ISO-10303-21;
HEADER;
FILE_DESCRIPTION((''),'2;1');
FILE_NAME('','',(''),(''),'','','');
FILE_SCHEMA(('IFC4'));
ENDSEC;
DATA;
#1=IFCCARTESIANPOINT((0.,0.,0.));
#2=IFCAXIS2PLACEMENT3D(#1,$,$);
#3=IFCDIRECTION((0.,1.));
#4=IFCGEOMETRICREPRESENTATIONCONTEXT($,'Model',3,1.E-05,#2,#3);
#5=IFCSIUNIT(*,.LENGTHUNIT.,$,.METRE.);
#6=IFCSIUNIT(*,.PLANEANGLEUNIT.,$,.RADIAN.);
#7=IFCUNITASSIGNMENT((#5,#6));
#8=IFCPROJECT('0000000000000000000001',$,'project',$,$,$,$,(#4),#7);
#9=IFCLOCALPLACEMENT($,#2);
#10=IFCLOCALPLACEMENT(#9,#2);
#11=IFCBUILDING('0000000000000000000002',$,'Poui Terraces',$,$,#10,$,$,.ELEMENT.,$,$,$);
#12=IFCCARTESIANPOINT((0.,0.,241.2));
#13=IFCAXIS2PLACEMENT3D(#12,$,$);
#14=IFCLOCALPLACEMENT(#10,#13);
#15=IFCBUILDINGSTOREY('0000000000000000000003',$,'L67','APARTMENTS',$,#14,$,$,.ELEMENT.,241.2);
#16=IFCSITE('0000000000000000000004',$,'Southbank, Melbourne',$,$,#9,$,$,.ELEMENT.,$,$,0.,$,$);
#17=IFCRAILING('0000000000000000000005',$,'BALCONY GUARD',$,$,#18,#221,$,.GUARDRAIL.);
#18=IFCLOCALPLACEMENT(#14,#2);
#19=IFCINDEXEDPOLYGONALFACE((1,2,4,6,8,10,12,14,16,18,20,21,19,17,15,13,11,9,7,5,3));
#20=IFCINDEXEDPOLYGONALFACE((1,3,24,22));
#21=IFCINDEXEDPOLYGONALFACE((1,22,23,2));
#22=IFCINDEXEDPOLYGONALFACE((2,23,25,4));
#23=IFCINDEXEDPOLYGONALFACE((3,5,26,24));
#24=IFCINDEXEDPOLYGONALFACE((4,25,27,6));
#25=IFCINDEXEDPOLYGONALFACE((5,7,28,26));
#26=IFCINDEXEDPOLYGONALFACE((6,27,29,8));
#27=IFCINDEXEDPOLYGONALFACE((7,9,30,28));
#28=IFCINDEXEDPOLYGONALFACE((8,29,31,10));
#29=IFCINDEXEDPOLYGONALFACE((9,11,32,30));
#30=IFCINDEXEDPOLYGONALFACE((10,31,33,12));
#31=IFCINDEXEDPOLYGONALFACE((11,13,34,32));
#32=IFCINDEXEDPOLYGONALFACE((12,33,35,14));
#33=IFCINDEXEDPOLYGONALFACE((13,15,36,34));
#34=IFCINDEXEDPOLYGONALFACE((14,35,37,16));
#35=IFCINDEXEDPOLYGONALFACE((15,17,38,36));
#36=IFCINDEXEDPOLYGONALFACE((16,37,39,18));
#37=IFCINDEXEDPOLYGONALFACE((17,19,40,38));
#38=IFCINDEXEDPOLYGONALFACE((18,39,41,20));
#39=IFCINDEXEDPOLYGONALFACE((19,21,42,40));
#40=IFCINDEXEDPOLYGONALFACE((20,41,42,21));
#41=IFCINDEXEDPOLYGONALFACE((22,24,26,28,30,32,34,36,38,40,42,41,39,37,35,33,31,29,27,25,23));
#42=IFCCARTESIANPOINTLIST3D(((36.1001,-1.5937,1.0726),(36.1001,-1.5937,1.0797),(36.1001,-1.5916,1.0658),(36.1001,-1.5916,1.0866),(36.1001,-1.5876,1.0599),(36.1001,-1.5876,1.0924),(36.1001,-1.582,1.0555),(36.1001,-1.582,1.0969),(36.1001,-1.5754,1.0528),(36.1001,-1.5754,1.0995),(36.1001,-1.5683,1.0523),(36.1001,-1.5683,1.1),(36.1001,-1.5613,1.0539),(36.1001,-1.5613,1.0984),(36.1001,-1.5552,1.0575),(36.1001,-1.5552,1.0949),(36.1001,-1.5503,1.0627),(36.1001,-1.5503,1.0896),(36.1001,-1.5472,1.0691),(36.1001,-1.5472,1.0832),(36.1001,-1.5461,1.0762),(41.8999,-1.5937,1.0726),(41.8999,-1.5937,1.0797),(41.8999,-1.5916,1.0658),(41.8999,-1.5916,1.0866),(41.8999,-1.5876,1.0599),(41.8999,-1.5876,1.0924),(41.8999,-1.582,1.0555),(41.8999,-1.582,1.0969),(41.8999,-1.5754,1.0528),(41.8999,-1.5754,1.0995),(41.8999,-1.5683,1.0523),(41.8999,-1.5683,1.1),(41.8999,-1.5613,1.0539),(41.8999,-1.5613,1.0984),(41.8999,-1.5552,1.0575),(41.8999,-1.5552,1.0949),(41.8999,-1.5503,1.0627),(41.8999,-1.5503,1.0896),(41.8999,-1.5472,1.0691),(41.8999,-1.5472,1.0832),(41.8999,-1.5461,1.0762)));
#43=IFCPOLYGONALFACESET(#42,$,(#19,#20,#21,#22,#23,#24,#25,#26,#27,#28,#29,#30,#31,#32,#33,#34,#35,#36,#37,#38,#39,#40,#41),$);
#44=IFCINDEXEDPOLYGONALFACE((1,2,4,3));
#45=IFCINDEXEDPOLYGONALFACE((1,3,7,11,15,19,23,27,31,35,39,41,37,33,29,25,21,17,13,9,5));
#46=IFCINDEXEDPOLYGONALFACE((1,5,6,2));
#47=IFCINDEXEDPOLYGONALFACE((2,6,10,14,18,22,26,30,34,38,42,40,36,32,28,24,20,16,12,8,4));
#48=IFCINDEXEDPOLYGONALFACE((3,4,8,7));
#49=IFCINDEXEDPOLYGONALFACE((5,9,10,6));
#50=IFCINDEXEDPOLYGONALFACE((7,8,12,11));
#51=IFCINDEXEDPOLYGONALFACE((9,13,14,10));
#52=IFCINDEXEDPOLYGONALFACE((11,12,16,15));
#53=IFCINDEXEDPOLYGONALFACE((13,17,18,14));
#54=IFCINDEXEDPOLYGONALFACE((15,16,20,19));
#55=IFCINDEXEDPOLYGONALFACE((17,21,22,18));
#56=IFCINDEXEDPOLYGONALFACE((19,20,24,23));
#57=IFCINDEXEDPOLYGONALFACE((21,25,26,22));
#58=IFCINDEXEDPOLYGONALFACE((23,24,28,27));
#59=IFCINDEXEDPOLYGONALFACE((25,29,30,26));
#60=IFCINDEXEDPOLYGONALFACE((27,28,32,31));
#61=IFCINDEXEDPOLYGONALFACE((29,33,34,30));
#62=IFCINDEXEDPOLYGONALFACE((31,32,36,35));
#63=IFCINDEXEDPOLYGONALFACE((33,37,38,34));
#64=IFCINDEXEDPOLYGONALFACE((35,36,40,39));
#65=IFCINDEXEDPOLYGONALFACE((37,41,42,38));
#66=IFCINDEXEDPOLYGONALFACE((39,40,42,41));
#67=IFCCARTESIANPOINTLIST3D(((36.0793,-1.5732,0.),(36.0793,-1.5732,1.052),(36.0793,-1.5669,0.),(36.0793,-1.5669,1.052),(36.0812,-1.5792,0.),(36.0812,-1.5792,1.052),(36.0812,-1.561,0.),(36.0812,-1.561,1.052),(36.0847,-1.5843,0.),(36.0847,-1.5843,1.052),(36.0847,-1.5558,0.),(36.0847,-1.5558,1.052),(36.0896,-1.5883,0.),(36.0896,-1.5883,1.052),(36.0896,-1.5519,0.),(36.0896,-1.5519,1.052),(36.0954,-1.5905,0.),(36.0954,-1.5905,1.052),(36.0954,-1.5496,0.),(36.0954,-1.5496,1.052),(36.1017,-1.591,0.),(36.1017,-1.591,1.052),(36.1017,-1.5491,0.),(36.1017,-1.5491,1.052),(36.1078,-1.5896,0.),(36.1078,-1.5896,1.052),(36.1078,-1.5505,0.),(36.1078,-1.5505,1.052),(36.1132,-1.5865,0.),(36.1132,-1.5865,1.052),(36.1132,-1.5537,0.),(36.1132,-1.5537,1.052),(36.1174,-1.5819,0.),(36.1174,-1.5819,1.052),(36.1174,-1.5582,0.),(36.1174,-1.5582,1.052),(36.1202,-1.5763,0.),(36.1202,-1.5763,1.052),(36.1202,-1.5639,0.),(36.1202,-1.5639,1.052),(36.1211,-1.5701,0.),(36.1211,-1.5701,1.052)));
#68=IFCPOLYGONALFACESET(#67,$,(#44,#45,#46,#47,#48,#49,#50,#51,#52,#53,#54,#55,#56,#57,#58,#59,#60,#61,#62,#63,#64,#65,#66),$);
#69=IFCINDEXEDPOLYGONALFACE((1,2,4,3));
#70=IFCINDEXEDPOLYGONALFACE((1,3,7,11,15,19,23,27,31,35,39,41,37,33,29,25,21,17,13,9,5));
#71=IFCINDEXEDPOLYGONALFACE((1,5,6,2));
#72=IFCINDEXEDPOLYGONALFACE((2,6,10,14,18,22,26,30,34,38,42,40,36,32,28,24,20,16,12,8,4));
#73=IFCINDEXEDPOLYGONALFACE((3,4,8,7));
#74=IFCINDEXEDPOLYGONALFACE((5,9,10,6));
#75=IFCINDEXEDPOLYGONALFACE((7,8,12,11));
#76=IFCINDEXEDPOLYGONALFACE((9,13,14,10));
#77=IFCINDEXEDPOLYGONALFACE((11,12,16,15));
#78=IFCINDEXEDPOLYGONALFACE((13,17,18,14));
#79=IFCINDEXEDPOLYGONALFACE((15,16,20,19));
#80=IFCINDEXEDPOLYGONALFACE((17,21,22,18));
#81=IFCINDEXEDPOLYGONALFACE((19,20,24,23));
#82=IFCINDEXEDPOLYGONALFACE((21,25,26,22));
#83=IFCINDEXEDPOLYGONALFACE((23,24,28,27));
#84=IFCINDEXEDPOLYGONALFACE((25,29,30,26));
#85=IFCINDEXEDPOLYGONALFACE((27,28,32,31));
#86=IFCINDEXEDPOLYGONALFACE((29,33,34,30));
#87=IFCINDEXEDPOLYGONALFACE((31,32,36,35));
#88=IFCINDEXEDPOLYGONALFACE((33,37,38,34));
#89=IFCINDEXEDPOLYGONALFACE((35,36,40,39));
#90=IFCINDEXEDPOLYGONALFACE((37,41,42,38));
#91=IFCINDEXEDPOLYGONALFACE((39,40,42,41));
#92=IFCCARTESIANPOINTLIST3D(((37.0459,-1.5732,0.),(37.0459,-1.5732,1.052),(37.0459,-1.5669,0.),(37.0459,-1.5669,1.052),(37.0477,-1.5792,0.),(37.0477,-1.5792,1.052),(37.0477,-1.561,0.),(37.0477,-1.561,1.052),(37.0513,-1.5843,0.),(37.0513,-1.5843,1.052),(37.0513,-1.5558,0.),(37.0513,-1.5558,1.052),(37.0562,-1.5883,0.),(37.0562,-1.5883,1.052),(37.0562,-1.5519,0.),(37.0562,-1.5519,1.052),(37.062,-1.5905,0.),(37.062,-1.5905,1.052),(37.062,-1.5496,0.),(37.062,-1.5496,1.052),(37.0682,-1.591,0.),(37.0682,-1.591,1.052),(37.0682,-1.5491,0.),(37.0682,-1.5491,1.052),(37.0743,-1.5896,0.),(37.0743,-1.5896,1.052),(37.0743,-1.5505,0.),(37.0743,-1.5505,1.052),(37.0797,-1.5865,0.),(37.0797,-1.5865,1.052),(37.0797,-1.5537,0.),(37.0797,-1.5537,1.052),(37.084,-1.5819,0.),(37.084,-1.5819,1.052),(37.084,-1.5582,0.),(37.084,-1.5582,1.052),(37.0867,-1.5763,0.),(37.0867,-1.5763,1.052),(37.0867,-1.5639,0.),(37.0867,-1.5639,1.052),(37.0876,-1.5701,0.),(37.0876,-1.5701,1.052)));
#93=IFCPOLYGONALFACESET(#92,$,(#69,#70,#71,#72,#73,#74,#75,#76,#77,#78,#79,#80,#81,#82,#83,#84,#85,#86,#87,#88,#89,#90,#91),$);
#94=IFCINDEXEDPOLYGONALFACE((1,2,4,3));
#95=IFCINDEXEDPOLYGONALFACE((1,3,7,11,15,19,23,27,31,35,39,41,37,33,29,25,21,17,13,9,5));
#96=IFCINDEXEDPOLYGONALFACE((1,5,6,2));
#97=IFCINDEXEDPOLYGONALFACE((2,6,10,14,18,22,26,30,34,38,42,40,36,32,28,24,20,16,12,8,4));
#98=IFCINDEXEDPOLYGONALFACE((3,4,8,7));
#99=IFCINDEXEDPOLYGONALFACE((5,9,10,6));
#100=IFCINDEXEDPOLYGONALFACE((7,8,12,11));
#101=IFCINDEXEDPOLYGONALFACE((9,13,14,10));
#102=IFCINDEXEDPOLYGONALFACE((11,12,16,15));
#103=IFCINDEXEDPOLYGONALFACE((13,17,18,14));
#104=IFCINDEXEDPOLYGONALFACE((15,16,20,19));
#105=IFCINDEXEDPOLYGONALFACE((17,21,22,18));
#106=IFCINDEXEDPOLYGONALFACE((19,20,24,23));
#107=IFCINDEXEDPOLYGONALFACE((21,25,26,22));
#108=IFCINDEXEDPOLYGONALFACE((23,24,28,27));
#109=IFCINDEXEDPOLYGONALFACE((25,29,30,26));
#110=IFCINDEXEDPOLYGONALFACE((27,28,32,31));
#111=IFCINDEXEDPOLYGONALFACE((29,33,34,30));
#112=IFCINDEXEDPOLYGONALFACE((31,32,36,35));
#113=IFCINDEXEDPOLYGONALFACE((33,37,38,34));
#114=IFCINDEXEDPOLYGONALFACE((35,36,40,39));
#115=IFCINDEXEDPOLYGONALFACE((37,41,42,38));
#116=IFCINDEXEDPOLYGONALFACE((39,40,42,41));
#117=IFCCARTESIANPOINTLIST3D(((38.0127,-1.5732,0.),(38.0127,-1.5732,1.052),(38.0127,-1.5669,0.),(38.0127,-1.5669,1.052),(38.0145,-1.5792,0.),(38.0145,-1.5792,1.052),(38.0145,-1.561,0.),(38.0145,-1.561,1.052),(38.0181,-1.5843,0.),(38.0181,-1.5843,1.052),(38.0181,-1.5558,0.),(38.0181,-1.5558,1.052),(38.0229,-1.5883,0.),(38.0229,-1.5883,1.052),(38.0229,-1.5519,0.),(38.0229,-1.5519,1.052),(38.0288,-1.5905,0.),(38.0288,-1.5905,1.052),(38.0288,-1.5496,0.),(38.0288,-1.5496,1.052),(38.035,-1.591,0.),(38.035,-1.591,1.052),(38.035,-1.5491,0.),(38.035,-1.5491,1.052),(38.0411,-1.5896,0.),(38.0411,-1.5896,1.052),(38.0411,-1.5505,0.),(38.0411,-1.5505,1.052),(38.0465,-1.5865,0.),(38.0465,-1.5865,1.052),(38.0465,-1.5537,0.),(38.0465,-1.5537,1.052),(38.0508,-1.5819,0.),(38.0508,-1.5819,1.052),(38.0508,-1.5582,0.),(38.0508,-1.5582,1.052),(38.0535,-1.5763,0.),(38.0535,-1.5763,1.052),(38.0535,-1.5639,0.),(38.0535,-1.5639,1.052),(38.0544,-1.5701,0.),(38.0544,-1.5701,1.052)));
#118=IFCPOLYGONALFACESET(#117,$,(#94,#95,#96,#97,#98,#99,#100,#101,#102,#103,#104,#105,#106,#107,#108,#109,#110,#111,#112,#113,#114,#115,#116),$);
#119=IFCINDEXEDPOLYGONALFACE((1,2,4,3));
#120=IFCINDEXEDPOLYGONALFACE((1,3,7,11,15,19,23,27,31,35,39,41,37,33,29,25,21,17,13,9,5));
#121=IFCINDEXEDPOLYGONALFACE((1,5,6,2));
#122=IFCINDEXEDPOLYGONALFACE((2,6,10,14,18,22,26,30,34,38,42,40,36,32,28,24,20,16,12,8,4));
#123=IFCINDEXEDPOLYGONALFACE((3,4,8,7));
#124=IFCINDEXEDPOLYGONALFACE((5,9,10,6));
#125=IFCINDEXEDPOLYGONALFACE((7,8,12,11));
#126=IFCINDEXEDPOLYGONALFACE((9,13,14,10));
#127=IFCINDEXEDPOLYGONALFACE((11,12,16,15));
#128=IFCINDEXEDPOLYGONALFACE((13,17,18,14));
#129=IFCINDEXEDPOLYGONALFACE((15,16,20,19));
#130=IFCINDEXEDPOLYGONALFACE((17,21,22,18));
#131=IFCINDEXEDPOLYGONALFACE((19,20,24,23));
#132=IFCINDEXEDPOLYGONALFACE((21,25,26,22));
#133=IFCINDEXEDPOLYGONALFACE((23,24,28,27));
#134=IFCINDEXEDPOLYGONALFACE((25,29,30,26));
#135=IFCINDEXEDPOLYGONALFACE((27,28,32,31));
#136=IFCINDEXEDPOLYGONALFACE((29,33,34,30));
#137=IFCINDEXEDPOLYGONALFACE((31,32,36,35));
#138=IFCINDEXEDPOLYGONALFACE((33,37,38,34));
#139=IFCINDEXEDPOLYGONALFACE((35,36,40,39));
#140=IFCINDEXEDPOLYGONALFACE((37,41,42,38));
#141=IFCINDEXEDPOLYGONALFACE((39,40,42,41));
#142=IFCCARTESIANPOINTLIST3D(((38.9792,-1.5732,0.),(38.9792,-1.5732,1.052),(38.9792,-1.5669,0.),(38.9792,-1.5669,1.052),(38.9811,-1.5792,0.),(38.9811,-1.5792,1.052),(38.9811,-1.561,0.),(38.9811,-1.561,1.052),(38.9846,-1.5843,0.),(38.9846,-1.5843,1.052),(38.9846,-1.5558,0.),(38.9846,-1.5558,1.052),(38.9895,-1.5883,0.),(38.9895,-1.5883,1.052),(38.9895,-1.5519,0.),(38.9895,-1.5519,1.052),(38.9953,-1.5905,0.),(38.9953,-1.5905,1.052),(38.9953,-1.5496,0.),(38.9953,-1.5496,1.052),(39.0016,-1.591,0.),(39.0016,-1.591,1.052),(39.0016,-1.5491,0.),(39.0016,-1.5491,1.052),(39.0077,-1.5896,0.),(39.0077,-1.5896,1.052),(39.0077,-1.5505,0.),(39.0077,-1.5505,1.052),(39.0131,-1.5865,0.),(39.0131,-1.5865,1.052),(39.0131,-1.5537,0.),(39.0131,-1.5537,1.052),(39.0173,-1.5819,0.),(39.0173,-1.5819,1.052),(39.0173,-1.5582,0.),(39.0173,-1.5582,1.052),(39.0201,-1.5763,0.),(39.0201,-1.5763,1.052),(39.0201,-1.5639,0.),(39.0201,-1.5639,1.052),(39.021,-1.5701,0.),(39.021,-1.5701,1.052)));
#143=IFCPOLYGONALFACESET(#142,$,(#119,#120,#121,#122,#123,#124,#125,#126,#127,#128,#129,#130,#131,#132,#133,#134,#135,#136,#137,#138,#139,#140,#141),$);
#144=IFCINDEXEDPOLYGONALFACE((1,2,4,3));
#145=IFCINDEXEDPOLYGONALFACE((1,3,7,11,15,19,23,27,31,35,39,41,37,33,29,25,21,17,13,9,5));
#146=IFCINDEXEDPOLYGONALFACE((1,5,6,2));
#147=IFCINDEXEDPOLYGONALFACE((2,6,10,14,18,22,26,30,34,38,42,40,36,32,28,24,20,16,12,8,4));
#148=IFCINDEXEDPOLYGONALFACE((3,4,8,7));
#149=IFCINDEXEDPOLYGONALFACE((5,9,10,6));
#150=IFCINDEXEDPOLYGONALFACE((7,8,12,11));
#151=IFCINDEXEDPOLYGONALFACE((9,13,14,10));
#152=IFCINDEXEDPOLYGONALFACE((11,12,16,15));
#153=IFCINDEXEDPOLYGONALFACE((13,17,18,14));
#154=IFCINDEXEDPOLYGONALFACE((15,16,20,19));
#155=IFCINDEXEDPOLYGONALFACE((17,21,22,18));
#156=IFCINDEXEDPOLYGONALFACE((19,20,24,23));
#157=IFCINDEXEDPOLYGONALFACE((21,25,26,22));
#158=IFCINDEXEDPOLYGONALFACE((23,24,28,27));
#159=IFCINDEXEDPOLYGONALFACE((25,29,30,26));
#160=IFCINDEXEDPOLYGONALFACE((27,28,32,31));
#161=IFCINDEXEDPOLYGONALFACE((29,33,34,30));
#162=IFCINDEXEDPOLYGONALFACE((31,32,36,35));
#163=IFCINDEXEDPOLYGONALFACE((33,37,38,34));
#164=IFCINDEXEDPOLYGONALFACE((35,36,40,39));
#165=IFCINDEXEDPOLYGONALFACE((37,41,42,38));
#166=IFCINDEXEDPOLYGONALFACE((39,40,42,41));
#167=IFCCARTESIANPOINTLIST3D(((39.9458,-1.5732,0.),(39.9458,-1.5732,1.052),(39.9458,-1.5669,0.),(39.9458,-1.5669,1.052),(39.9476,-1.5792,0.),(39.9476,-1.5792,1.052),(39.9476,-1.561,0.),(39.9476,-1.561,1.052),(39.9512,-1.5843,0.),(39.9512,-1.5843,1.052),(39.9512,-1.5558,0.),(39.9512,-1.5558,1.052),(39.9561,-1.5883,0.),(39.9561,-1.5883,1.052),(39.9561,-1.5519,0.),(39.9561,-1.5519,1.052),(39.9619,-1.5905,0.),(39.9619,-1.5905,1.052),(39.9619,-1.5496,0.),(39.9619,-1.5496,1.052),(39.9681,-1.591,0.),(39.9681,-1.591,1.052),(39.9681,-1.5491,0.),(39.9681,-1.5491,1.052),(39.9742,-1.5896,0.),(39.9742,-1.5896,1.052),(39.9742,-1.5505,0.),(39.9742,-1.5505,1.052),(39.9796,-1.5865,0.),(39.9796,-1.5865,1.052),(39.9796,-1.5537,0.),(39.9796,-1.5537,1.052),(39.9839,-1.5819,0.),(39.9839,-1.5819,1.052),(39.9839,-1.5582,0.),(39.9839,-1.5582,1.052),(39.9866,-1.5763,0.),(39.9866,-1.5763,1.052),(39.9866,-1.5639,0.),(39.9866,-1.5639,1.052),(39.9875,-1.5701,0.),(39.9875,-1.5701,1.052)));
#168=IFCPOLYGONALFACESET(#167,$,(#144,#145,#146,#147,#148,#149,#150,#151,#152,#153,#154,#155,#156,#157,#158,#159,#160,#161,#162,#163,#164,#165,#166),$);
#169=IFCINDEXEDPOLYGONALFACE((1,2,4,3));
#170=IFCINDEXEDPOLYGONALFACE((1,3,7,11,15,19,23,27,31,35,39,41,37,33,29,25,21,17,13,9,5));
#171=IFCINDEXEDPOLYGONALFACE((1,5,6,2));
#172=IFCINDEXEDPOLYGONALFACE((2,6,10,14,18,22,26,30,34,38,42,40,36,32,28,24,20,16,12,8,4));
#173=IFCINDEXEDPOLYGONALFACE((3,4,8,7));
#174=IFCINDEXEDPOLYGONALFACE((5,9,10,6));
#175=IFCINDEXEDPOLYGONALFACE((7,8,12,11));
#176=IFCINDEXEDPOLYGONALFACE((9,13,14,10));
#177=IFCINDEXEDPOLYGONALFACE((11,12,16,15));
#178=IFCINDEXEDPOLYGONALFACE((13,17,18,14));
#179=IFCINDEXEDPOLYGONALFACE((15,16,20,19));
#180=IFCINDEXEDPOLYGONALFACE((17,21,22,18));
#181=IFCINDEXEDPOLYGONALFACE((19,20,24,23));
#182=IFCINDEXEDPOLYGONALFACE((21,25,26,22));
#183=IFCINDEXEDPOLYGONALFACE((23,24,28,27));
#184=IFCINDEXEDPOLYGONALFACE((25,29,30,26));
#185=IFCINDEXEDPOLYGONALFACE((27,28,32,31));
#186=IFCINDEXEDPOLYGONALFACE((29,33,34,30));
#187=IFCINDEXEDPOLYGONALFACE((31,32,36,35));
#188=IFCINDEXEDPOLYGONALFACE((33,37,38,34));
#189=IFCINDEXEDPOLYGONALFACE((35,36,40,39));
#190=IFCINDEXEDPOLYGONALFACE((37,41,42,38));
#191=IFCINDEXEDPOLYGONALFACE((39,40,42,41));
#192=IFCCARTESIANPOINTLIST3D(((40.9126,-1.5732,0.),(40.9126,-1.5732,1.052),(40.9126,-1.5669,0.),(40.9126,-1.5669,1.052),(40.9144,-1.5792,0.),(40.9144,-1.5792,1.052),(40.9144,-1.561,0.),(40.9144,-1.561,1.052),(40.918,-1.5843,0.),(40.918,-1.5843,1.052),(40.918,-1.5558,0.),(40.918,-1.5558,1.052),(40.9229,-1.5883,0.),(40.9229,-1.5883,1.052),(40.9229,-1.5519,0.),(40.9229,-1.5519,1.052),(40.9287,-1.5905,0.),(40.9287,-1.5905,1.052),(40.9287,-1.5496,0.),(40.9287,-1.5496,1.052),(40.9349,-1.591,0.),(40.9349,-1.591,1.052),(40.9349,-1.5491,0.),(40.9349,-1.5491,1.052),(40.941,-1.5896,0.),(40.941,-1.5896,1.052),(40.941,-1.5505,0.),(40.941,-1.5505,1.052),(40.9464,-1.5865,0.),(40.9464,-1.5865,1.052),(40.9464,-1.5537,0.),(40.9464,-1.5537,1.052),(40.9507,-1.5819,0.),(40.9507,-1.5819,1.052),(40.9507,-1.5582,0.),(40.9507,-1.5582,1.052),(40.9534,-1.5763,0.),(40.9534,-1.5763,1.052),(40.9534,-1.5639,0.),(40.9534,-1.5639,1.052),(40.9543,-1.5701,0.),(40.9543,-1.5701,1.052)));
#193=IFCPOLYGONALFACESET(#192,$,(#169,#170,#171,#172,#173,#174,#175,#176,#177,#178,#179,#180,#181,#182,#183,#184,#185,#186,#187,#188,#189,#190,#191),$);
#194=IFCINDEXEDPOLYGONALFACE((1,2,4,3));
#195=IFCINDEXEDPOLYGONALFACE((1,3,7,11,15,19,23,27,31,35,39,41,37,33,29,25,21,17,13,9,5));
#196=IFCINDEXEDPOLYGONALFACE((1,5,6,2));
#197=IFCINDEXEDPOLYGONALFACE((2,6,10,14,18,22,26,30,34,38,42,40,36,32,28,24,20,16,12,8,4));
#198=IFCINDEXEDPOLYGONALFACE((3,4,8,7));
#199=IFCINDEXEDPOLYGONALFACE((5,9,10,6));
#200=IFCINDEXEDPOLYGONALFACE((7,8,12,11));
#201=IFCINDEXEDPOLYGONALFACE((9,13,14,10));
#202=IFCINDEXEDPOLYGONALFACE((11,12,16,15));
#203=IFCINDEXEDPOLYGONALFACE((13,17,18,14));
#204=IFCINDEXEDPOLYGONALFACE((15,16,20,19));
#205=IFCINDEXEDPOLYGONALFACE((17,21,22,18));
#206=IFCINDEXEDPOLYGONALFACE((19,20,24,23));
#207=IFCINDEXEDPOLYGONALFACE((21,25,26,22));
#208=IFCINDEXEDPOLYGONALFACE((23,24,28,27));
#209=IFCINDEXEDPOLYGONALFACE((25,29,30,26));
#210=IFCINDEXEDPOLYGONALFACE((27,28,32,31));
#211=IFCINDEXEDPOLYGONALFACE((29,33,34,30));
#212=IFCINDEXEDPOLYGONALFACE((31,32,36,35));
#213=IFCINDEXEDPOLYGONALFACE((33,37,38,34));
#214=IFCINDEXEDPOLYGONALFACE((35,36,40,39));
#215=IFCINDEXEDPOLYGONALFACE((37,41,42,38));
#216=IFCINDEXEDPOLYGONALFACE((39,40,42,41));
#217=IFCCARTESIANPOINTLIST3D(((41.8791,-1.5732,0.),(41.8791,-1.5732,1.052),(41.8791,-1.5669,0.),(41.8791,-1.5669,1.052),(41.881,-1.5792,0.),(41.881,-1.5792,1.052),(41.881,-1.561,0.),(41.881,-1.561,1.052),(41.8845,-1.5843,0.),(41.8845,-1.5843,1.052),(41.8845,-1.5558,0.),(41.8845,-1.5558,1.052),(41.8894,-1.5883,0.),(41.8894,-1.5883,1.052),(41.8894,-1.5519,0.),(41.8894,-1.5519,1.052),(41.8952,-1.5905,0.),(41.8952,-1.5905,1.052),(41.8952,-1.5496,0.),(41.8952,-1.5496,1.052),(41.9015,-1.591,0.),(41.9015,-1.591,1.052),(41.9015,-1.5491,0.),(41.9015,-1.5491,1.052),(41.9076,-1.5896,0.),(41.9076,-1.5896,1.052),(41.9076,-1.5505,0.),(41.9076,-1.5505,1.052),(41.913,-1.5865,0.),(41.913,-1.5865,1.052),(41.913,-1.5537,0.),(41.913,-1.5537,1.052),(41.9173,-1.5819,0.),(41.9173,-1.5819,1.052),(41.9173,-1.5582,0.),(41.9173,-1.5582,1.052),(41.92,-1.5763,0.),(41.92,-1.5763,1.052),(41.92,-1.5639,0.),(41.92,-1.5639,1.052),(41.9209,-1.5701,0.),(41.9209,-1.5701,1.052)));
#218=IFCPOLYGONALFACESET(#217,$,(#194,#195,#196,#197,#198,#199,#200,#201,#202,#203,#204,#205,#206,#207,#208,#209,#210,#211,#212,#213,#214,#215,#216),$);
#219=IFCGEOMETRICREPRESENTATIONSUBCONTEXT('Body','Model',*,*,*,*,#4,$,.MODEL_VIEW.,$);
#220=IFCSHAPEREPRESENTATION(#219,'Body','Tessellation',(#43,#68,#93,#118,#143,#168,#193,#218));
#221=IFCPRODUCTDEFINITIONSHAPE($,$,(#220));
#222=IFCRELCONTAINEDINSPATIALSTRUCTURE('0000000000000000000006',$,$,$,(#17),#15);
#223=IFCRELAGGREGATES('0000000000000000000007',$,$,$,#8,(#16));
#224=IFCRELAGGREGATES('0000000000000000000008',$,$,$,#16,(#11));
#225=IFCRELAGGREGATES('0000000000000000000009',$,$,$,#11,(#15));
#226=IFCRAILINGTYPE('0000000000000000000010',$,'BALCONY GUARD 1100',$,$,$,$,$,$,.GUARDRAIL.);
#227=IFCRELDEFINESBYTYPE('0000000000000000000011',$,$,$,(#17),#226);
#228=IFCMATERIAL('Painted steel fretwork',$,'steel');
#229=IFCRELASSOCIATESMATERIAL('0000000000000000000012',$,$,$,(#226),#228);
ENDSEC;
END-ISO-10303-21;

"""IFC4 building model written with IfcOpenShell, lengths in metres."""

from ifc_helpers import new_model, si_unit, direction, frame, origin, origin_2d, place, context, subcontext, project, spatial, circle, extrude, material, type_object, element, save


model = new_model("IFC4")

# Units and contexts
model_context = context("Model", 3, precision=1e-05, world=origin(), true_north=direction((0.0, 1.0)))
body_context = subcontext(model_context, "Body", "Model", "MODEL_VIEW")
ifc_project = project(units=[si_unit("LENGTHUNIT", "METRE"), si_unit("PLANEANGLEUNIT", "RADIAN")], contexts=[model_context])

# Site, building, storey
site_placement = place(None, origin())
site = spatial("IfcSite", under=ifc_project, at=site_placement, Name="Southbank, Melbourne", CompositionType="ELEMENT", RefElevation=0.0)
building_placement = place(site_placement, origin())
building = spatial("IfcBuilding", under=site, at=building_placement, Name="Poui Terraces", CompositionType="ELEMENT")
storey_placement = place(building_placement, frame((0.0, 0.0, 241.2)))
storey = spatial("IfcBuildingStorey", under=building, at=storey_placement, Name="L67", Description="APARTMENTS", CompositionType="ELEMENT", Elevation=241.2)

# Railing
ifc_material_1 = material(Name="Painted steel fretwork", Category="steel")
railing_type = type_object("IfcRailingType", Name="BALCONY GUARD 1100", PredefinedType="GUARDRAIL", material=ifc_material_1)
railing_placement = place(storey_placement, frame((36.1001, -1.5701, 0.0)))
element("IfcRailing", 1, at=railing_placement, inside=storey, type_object=railing_type, Name="BALCONY GUARD", PredefinedType="GUARDRAIL", context=body_context, shape_type="SweptSolid", body=[
    extrude(circle(Radius=0.0239, at=origin_2d()), frame((0.0, 0.0, 1.0762), z_axis=(1.0, 0.0, 0.0), x_axis=(0.0, 1.0, 0.0)), (0.0, 0.0, 1.0), 5.7998),
    extrude(circle(Radius=0.021, at=origin_2d()), origin(), (0.0, 0.0, 1.0), 1.052),
    extrude(circle(Radius=0.021, at=origin_2d()), frame((0.9666, 0.0, 0.0)), (0.0, 0.0, 1.0), 1.052),
    extrude(circle(Radius=0.021, at=origin_2d()), frame((1.9333, 0.0, 0.0)), (0.0, 0.0, 1.0), 1.052),
    extrude(circle(Radius=0.021, at=origin_2d()), frame((2.8999, 0.0, 0.0)), (0.0, 0.0, 1.0), 1.052),
    extrude(circle(Radius=0.021, at=origin_2d()), frame((3.8665, 0.0, 0.0)), (0.0, 0.0, 1.0), 1.052),
    extrude(circle(Radius=0.021, at=origin_2d()), frame((4.8333, 0.0, 0.0)), (0.0, 0.0, 1.0), 1.052),
    extrude(circle(Radius=0.021, at=origin_2d()), frame((5.7998, 0.0, 0.0)), (0.0, 0.0, 1.0), 1.052),
])

save(model, "model.ifc")
